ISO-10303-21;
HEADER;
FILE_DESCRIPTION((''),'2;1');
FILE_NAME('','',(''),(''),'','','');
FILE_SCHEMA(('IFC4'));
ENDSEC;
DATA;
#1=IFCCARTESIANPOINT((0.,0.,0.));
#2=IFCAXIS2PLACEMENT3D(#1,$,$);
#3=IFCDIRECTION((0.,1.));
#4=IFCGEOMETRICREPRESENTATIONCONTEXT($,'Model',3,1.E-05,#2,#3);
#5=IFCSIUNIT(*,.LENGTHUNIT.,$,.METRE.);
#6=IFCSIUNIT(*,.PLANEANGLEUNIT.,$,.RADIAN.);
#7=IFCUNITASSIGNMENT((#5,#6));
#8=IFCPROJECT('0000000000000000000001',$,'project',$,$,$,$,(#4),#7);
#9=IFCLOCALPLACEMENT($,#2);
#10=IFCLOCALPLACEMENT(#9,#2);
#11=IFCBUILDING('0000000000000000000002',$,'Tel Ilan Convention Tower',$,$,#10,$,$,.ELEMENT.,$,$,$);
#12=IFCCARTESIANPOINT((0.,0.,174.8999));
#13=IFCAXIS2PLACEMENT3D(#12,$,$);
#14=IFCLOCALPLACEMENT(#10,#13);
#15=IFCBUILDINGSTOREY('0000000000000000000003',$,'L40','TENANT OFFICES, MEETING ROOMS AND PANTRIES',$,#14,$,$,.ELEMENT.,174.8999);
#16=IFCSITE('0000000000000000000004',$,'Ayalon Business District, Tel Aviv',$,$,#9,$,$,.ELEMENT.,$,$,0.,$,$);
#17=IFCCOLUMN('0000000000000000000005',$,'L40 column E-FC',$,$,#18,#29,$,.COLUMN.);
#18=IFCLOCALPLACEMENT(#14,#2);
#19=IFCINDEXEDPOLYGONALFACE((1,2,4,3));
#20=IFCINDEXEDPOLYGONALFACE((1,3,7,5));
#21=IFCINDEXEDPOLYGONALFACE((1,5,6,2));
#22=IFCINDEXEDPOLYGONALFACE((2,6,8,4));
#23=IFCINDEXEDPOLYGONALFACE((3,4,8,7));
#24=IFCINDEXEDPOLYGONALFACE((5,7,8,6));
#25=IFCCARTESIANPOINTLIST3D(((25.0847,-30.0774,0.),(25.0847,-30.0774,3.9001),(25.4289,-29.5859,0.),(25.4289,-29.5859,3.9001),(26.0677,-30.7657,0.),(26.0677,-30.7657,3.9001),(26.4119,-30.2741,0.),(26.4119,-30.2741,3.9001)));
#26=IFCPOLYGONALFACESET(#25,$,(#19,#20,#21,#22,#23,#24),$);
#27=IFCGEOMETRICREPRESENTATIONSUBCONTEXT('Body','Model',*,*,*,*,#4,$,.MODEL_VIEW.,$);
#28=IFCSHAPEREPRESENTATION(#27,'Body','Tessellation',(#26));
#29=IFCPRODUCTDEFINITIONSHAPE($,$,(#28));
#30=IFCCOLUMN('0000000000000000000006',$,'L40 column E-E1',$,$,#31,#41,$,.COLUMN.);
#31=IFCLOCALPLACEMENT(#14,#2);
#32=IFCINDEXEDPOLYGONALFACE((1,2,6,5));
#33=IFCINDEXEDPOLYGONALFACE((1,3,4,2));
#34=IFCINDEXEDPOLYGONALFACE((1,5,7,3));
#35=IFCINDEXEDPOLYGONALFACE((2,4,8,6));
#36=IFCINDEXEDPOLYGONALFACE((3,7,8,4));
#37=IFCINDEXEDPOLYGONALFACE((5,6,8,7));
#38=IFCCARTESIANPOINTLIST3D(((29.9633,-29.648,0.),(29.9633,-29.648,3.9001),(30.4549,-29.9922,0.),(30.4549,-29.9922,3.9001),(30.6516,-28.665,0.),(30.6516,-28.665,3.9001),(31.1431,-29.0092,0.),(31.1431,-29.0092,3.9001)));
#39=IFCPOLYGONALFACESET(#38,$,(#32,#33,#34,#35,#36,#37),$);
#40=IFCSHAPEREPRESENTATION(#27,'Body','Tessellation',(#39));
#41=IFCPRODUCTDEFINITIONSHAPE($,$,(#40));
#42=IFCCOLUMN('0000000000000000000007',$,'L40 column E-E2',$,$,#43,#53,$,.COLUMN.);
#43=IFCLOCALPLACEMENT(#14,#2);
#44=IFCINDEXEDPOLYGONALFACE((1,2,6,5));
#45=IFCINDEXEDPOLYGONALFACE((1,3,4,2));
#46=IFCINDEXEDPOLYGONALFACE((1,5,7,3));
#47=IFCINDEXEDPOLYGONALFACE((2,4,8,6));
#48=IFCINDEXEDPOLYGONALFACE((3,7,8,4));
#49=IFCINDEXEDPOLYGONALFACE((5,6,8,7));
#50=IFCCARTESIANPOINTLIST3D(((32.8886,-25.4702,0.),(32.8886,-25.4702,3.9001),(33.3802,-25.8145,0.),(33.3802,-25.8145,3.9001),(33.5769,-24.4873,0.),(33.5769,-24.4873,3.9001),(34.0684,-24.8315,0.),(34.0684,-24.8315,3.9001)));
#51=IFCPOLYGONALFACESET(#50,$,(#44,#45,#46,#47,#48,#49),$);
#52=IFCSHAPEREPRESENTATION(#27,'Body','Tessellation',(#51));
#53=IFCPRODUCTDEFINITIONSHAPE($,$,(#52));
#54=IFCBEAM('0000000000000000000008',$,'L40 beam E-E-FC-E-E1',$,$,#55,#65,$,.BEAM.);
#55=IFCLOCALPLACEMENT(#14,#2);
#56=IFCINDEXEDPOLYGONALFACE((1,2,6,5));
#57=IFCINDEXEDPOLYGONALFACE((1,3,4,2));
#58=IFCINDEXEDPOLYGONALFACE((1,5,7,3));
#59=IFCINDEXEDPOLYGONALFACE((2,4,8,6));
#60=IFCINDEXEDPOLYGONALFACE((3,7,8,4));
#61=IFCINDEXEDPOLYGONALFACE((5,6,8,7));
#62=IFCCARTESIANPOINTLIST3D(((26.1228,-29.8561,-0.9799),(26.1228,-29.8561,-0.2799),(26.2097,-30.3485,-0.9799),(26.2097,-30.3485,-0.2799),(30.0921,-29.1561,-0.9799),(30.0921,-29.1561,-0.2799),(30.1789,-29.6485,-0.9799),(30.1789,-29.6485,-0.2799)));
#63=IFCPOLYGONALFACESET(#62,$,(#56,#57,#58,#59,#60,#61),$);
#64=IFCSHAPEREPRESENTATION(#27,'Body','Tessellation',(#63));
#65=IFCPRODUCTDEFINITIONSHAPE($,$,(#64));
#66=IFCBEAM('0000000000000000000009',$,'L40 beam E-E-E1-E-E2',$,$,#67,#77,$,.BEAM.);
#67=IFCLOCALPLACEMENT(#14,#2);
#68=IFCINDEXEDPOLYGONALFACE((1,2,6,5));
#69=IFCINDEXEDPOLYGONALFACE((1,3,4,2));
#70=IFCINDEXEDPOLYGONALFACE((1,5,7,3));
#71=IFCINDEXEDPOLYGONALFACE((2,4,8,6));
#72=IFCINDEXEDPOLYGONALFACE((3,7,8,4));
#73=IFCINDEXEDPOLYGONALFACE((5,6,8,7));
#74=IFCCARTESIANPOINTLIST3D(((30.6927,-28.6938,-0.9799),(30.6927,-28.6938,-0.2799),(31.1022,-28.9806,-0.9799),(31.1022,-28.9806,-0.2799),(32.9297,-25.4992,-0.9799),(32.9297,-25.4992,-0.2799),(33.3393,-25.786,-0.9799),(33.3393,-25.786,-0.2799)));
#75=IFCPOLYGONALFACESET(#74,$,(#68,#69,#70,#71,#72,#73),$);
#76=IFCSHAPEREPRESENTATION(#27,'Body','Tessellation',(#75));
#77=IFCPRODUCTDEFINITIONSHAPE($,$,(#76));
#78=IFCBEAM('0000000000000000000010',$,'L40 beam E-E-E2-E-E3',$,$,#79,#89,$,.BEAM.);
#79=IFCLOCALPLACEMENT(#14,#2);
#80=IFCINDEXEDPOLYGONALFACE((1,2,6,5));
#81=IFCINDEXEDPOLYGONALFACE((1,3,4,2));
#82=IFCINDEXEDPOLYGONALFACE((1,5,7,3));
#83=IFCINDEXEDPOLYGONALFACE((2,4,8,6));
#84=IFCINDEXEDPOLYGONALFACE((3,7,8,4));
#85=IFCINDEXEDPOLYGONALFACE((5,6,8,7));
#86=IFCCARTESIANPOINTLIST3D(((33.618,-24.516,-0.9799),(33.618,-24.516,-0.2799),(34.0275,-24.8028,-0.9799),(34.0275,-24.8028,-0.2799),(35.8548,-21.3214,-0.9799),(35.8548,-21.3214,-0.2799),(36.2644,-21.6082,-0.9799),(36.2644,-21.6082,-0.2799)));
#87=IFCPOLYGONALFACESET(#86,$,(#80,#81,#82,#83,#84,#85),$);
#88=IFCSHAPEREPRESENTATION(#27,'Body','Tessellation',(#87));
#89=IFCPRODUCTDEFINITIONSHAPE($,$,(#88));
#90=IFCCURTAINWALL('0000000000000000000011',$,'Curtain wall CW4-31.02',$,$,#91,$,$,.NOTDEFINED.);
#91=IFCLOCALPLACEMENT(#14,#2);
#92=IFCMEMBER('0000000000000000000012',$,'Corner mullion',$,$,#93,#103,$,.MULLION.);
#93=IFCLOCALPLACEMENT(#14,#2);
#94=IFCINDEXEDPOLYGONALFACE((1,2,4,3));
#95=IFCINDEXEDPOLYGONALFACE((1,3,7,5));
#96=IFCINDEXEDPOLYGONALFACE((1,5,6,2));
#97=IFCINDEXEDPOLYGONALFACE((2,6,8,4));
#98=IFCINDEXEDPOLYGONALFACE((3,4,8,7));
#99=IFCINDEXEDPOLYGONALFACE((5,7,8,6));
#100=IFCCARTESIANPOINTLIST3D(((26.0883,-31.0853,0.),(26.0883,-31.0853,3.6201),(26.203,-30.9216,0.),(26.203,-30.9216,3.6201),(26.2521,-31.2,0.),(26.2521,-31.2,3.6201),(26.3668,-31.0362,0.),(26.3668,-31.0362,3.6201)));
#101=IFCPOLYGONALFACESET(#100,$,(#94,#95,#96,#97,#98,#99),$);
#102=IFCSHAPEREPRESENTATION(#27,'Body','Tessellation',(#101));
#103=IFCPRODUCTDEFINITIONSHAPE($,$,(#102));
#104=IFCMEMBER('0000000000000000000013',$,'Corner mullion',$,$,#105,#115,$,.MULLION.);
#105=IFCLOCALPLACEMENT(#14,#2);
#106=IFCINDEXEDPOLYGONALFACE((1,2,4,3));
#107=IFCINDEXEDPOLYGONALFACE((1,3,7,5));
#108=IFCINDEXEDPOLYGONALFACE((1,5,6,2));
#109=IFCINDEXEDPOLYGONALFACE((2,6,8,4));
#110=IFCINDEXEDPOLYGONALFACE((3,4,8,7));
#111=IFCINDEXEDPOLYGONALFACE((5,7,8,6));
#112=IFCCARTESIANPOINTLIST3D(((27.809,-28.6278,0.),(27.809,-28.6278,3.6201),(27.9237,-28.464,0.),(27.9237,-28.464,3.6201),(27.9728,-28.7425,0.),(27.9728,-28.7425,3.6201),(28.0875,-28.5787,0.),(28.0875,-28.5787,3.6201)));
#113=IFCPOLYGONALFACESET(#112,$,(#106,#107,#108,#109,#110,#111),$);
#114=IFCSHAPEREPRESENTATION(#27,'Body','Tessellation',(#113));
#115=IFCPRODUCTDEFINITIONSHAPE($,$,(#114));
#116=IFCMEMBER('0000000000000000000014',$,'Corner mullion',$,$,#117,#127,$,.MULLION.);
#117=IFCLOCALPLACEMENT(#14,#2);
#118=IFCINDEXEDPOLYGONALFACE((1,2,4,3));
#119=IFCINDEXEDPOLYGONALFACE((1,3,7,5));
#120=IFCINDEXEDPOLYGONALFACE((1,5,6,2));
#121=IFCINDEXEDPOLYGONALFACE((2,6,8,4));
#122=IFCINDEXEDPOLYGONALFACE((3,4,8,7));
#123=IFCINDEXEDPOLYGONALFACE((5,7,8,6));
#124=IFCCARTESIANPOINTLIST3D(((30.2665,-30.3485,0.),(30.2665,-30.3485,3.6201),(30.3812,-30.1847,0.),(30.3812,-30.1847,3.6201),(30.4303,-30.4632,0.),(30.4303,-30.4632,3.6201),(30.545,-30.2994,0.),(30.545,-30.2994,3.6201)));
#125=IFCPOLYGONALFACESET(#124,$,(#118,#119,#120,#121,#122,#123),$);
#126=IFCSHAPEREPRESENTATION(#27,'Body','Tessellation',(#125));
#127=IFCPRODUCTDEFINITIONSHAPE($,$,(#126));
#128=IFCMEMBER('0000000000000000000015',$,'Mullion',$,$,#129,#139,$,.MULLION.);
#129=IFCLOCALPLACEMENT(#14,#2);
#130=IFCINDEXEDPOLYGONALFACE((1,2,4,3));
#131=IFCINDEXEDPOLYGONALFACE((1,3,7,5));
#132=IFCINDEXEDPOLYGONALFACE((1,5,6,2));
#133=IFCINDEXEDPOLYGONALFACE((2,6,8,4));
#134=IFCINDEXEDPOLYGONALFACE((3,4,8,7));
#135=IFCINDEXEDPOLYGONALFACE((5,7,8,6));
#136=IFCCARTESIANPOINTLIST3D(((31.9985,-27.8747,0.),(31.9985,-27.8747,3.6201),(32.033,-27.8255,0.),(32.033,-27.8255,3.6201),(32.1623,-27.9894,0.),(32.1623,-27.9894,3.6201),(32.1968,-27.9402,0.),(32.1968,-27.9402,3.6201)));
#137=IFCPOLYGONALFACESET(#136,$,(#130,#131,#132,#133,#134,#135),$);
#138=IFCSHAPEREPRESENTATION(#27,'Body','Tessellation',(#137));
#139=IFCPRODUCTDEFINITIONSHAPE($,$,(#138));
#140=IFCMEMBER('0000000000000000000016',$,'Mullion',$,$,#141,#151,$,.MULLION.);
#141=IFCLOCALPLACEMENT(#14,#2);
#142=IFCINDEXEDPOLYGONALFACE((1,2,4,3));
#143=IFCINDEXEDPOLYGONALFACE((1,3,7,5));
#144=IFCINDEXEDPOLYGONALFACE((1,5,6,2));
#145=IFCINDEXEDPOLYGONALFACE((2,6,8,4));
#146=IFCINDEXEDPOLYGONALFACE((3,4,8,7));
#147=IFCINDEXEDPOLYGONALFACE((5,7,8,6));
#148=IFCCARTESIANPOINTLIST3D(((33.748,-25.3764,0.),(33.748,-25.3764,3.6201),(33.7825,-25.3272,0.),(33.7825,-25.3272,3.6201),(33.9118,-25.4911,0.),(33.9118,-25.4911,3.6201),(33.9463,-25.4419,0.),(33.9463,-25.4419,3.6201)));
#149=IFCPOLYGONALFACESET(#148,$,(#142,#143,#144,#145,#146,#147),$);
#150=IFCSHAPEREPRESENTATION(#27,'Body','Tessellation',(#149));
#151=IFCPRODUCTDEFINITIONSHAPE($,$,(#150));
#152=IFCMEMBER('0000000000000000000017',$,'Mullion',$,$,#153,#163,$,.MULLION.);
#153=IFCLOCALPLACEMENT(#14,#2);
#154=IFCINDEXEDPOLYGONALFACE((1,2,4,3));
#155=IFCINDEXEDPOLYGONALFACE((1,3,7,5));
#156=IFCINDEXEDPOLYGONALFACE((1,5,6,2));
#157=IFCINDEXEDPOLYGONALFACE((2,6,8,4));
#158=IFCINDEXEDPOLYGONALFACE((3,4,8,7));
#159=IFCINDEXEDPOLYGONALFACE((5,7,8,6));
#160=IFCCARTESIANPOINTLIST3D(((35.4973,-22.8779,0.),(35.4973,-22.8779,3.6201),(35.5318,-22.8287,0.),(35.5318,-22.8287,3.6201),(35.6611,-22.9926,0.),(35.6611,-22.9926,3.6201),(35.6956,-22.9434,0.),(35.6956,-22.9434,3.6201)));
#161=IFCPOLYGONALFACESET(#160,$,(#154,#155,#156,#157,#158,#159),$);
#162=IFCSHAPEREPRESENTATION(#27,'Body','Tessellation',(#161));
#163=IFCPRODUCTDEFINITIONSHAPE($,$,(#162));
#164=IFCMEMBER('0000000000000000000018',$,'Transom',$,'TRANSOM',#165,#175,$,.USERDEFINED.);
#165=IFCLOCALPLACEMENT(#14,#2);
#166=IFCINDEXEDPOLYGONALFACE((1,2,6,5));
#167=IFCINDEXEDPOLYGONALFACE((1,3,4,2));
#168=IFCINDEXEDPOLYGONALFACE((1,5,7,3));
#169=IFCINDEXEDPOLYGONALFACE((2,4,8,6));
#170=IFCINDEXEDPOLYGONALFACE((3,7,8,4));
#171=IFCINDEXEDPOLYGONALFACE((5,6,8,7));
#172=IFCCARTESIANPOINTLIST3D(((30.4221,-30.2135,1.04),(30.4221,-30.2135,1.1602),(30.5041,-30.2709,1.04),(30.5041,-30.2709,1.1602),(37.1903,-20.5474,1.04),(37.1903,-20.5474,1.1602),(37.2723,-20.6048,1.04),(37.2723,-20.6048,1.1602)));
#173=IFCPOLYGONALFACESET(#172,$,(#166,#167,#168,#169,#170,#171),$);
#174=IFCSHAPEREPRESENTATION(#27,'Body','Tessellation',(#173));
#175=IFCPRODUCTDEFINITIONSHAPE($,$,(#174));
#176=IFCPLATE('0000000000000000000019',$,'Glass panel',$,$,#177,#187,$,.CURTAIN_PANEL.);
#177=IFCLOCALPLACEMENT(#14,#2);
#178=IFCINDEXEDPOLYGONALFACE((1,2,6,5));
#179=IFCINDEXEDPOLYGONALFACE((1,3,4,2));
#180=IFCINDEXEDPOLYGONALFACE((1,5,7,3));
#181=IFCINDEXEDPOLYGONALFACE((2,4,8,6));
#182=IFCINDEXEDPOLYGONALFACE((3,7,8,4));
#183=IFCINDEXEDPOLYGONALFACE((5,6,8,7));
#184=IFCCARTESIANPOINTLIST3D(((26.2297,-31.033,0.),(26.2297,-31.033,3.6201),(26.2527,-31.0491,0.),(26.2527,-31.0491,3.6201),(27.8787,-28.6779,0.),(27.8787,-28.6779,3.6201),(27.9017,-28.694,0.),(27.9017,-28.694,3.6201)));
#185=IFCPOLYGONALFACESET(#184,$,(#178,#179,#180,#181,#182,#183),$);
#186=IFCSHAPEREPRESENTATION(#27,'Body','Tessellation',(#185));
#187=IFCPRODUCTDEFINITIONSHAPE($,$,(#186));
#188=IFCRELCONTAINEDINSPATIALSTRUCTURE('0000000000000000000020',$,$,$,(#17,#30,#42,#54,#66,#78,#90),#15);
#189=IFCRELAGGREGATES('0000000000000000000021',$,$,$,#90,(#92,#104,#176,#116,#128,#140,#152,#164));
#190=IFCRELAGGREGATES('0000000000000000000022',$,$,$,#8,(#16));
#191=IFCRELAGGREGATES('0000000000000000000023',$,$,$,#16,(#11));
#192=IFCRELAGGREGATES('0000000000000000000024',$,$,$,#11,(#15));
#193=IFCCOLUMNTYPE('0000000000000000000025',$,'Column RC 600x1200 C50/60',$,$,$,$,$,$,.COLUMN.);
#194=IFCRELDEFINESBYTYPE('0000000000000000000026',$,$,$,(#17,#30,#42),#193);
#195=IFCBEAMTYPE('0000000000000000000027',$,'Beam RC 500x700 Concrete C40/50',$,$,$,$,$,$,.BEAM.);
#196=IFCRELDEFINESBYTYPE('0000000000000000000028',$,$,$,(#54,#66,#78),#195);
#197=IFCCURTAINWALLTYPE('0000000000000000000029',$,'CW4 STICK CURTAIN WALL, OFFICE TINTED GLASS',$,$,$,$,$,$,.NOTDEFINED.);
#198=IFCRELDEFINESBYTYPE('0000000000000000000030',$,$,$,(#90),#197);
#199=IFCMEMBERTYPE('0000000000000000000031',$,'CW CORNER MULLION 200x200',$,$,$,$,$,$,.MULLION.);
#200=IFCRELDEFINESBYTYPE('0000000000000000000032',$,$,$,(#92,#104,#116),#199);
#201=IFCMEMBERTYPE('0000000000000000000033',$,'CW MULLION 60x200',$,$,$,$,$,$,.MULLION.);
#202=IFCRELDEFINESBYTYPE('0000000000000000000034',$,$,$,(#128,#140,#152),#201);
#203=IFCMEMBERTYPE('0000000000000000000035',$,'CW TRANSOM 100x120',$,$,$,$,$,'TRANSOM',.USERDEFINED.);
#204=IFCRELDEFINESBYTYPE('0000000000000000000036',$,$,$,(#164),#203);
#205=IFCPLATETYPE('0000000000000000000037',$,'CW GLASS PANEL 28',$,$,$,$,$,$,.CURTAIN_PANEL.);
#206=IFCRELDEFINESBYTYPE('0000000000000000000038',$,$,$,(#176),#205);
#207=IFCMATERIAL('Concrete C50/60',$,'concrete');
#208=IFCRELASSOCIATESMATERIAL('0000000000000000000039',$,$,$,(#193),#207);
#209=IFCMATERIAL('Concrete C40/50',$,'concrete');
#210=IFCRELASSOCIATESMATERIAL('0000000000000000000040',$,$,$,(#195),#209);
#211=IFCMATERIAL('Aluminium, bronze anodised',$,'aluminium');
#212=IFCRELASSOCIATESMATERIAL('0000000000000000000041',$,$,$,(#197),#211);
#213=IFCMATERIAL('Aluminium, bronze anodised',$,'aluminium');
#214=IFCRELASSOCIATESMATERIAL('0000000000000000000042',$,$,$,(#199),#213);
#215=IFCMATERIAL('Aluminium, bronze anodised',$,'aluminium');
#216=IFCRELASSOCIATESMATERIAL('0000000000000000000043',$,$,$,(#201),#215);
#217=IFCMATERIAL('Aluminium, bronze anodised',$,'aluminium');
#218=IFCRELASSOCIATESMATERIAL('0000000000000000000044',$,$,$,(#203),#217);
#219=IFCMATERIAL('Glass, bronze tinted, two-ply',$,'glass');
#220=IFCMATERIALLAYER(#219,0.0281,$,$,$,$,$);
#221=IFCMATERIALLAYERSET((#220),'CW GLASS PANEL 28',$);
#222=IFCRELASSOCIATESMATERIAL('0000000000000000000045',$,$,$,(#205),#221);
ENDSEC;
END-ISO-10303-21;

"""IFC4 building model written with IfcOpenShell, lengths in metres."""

from ifc_helpers import new_model, si_unit, direction, frame, origin, origin_2d, place, context, subcontext, project, spatial, rectangle, extrude, material, layer, layer_set, material_profile, profile_set, type_object, element, aggregate, save


model = new_model("IFC4")

# Units and contexts
model_context = context("Model", 3, precision=1e-05, world=origin(), true_north=direction((0.0, 1.0)))
body_context = subcontext(model_context, "Body", "Model", "MODEL_VIEW")
ifc_project = project(units=[si_unit("LENGTHUNIT", "METRE"), si_unit("PLANEANGLEUNIT", "RADIAN")], contexts=[model_context])

# Site, building, storey
site_placement = place(None, origin())
site = spatial("IfcSite", under=ifc_project, at=site_placement, Name="Ayalon Business District, Tel Aviv", CompositionType="ELEMENT", RefElevation=0.0)
building_placement = place(site_placement, origin())
building = spatial("IfcBuilding", under=site, at=building_placement, Name="Tel Ilan Convention Tower", CompositionType="ELEMENT")
storey_placement = place(building_placement, frame((0.0, 0.0, 174.8999)))
storey = spatial("IfcBuildingStorey", under=building, at=storey_placement, Name="L40", Description="TENANT OFFICES, MEETING ROOMS AND PANTRIES", CompositionType="ELEMENT", Elevation=174.8999)

# Columns
ifc_material_1 = material(Name="Concrete C50/60", Category="concrete")
ifc_material_profile_1 = material_profile(ifc_material_1, rectangle(XDim=1.2, YDim=0.6001, at=origin_2d()), Name="RC 600x1200")
ifc_profile_set_1 = profile_set([ifc_material_profile_1], Name="Concrete C50/60")
column_type = type_object("IfcColumnType", Name="Column RC 600x1200 C50/60", PredefinedType="COLUMN", material=ifc_profile_set_1)
for number, where, z_axis, x_axis, name in (
    (1, (25.7483, -30.1758, 0.0), (0.0, 0.0, 1.0), (0.819152, -0.573576, 0.0), "L40 column E-FC"),
    (2, (30.5532, -29.3286, 0.0), (0.0, 0.0, 1.0), (0.573576, 0.819152, 0.0), "L40 column E-E1"),
    (3, (33.4785, -25.1509, 0.0), (0.0, 0.0, 1.0), (0.573576, 0.819152, 0.0), "L40 column E-E2"),
):
    element("IfcColumn", number, at=place(storey_placement, frame(where, z_axis=z_axis, x_axis=x_axis)), inside=storey, type_object=column_type, Name=name, PredefinedType="COLUMN", context=body_context, shape_type="SweptSolid", body=[
        extrude(rectangle(XDim=1.2, YDim=0.6001, at=origin_2d()), origin(), (0.0, 0.0, 1.0), 3.9001),
    ])

# Beams
ifc_material_2 = material(Name="Concrete C40/50", Category="concrete")
ifc_material_profile_2 = material_profile(ifc_material_2, rectangle(XDim=0.5, YDim=0.7, at=origin_2d()), Name="RC 500x700")
ifc_profile_set_2 = profile_set([ifc_material_profile_2], Name="Concrete C40/50")
beam_type = type_object("IfcBeamType", Name="Beam RC 500x700 Concrete C40/50", PredefinedType="BEAM", material=ifc_profile_set_2)
beam_placement = place(storey_placement, frame((26.1663, -30.1023, -0.6299), z_axis=(0.984805, 0.173664, 0.0), x_axis=(-0.173664, 0.984805, 0.0)))
element("IfcBeam", 4, at=beam_placement, inside=storey, type_object=beam_type, Name="L40 beam E-E-FC-E-E1", PredefinedType="BEAM", context=body_context, shape_type="SweptSolid", body=[
    extrude(rectangle(XDim=0.5, YDim=0.7, at=origin_2d()), origin(), (0.0, 0.0, 1.0), 4.0305),
])
for number, where, z_axis, x_axis, name in (
    (5, (30.8975, -28.8372, -0.6299), (0.573609, 0.819129, 0.0), (-0.819129, 0.573609, 0.0), "L40 beam E-E-E1-E-E2"),
    (6, (33.8228, -24.6594, -0.6299), (0.573567, 0.819158, 0.0), (-0.819158, 0.573567, 0.0), "L40 beam E-E-E2-E-E3"),
):
    element("IfcBeam", number, at=place(storey_placement, frame(where, z_axis=z_axis, x_axis=x_axis)), inside=storey, type_object=beam_type, Name=name, PredefinedType="BEAM", context=body_context, shape_type="SweptSolid", body=[
        extrude(rectangle(XDim=0.5, YDim=0.7, at=origin_2d()), origin(), (0.0, 0.0, 1.0), 3.8999),
    ])

# Curtain wall, members, plate
ifc_material_3 = material(Name="Aluminium, bronze anodised", Category="aluminium")
curtain_wall_type = type_object("IfcCurtainWallType", Name="CW4 STICK CURTAIN WALL, OFFICE TINTED GLASS", PredefinedType="NOTDEFINED", material=ifc_material_3)
curtain_wall_placement = place(storey_placement, origin())
curtain_wall = element("IfcCurtainWall", 7, at=curtain_wall_placement, inside=storey, type_object=curtain_wall_type, Name="Curtain wall CW4-31.02", PredefinedType="NOTDEFINED")
ifc_material_4 = material(Name="Aluminium, bronze anodised", Category="aluminium")
ifc_material_profile_3 = material_profile(ifc_material_4, rectangle(XDim=0.2, YDim=0.2, at=origin_2d()), Name="CW CORNER MULLION 200x200")
ifc_profile_set_3 = profile_set([ifc_material_profile_3], Name="Aluminium, bronze anodised")
member_type_1 = type_object("IfcMemberType", Name="CW CORNER MULLION 200x200", PredefinedType="MULLION", material=ifc_profile_set_3)
member_1_placement = place(storey_placement, frame((26.2275, -31.0608, 0.0), z_axis=(0.0, 0.0, 1.0), x_axis=(0.819152, -0.573576, 0.0)))
member_1 = element("IfcMember", 8, at=member_1_placement, type_object=member_type_1, Name="Corner mullion", PredefinedType="MULLION", context=body_context, shape_type="SweptSolid", body=[
    extrude(rectangle(XDim=0.2, YDim=0.2, at=origin_2d()), origin(), (0.0, 0.0, 1.0), 3.6201),
])
member_2_placement = place(storey_placement, frame((27.9482, -28.6033, 0.0), z_axis=(0.0, 0.0, 1.0), x_axis=(0.573576, 0.819152, 0.0)))
member_2 = element("IfcMember", 9, at=member_2_placement, type_object=member_type_1, Name="Corner mullion", PredefinedType="MULLION", context=body_context, shape_type="SweptSolid", body=[
    extrude(rectangle(XDim=0.2, YDim=0.2, at=origin_2d()), origin(), (0.0, 0.0, 1.0), 3.6201),
])
member_3_placement = place(storey_placement, frame((30.4058, -30.324, 0.0), z_axis=(0.0, 0.0, 1.0), x_axis=(0.819152, -0.573576, 0.0)))
member_3 = element("IfcMember", 10, at=member_3_placement, type_object=member_type_1, Name="Corner mullion", PredefinedType="MULLION", context=body_context, shape_type="SweptSolid", body=[
    extrude(rectangle(XDim=0.2, YDim=0.2, at=origin_2d()), origin(), (0.0, 0.0, 1.0), 3.6201),
])
ifc_material_5 = material(Name="Aluminium, bronze anodised", Category="aluminium")
ifc_material_profile_4 = material_profile(ifc_material_5, rectangle(XDim=0.0601, YDim=0.2, at=origin_2d()), Name="CW MULLION 60x200")
ifc_profile_set_4 = profile_set([ifc_material_profile_4], Name="Aluminium, bronze anodised")
member_type_2 = type_object("IfcMemberType", Name="CW MULLION 60x200", PredefinedType="MULLION", material=ifc_profile_set_4)
member_4_placement = place(storey_placement, frame((32.0977, -27.9075, 0.0), z_axis=(0.0, 0.0, 1.0), x_axis=(0.573576, 0.819152, 0.0)))
member_4 = element("IfcMember", 11, at=member_4_placement, type_object=member_type_2, Name="Mullion", PredefinedType="MULLION", context=body_context, shape_type="SweptSolid", body=[
    extrude(rectangle(XDim=0.0601, YDim=0.2, at=origin_2d()), origin(), (0.0, 0.0, 1.0), 3.6201),
])
member_5_placement = place(storey_placement, frame((33.8472, -25.4092, 0.0), z_axis=(0.0, 0.0, 1.0), x_axis=(0.573576, 0.819152, 0.0)))
member_5 = element("IfcMember", 12, at=member_5_placement, type_object=member_type_2, Name="Mullion", PredefinedType="MULLION", context=body_context, shape_type="SweptSolid", body=[
    extrude(rectangle(XDim=0.0601, YDim=0.2, at=origin_2d()), origin(), (0.0, 0.0, 1.0), 3.6201),
])
member_6_placement = place(storey_placement, frame((35.5964, -22.9106, 0.0), z_axis=(0.0, 0.0, 1.0), x_axis=(0.573576, 0.819152, 0.0)))
member_6 = element("IfcMember", 13, at=member_6_placement, type_object=member_type_2, Name="Mullion", PredefinedType="MULLION", context=body_context, shape_type="SweptSolid", body=[
    extrude(rectangle(XDim=0.0601, YDim=0.2, at=origin_2d()), origin(), (0.0, 0.0, 1.0), 3.6201),
])
ifc_material_6 = material(Name="Aluminium, bronze anodised", Category="aluminium")
ifc_material_profile_5 = material_profile(ifc_material_6, rectangle(XDim=0.1001, YDim=0.1201, at=origin_2d()), Name="CW TRANSOM 100x120")
ifc_profile_set_5 = profile_set([ifc_material_profile_5], Name="Aluminium, bronze anodised")
member_type_3 = type_object("IfcMemberType", Name="CW TRANSOM 100x120", ElementType="TRANSOM", PredefinedType="USERDEFINED", material=ifc_profile_set_5)
member_7_placement = place(storey_placement, frame((30.4631, -30.2422, 1.1001), z_axis=(0.573568, 0.819158, 0.0), x_axis=(-0.819158, 0.573568, 0.0)))
member_7 = element("IfcMember", 14, at=member_7_placement, type_object=member_type_3, Name="Transom", ObjectType="TRANSOM", PredefinedType="USERDEFINED", context=body_context, shape_type="SweptSolid", body=[
    extrude(rectangle(XDim=0.1001, YDim=0.1201, at=origin_2d()), origin(), (0.0, 0.0, 1.0), 11.8),
])
ifc_material_7 = material(Name="Glass, bronze tinted, two-ply", Category="glass")
ifc_layer_1 = layer(ifc_material_7, 0.0281)
ifc_layer_set_1 = layer_set([ifc_layer_1], Name="CW GLASS PANEL 28")
plate_type = type_object("IfcPlateType", Name="CW GLASS PANEL 28", PredefinedType="CURTAIN_PANEL", material=ifc_layer_set_1)
plate_1_placement = place(storey_placement, frame((27.0657, -29.8635, 0.0), z_axis=(0.0, 0.0, 1.0), x_axis=(0.573576, 0.819152, 0.0)))
plate_1 = element("IfcPlate", 15, at=plate_1_placement, type_object=plate_type, Name="Glass panel", PredefinedType="CURTAIN_PANEL", context=body_context, shape_type="SweptSolid", body=[
    extrude(rectangle(XDim=2.875, YDim=0.0281, at=origin_2d()), origin(), (0.0, 0.0, 1.0), 3.6201),
])
aggregate(curtain_wall, [member_1, member_2, plate_1, member_3, member_4, member_5, member_6, member_7])

save(model, "model.ifc")
